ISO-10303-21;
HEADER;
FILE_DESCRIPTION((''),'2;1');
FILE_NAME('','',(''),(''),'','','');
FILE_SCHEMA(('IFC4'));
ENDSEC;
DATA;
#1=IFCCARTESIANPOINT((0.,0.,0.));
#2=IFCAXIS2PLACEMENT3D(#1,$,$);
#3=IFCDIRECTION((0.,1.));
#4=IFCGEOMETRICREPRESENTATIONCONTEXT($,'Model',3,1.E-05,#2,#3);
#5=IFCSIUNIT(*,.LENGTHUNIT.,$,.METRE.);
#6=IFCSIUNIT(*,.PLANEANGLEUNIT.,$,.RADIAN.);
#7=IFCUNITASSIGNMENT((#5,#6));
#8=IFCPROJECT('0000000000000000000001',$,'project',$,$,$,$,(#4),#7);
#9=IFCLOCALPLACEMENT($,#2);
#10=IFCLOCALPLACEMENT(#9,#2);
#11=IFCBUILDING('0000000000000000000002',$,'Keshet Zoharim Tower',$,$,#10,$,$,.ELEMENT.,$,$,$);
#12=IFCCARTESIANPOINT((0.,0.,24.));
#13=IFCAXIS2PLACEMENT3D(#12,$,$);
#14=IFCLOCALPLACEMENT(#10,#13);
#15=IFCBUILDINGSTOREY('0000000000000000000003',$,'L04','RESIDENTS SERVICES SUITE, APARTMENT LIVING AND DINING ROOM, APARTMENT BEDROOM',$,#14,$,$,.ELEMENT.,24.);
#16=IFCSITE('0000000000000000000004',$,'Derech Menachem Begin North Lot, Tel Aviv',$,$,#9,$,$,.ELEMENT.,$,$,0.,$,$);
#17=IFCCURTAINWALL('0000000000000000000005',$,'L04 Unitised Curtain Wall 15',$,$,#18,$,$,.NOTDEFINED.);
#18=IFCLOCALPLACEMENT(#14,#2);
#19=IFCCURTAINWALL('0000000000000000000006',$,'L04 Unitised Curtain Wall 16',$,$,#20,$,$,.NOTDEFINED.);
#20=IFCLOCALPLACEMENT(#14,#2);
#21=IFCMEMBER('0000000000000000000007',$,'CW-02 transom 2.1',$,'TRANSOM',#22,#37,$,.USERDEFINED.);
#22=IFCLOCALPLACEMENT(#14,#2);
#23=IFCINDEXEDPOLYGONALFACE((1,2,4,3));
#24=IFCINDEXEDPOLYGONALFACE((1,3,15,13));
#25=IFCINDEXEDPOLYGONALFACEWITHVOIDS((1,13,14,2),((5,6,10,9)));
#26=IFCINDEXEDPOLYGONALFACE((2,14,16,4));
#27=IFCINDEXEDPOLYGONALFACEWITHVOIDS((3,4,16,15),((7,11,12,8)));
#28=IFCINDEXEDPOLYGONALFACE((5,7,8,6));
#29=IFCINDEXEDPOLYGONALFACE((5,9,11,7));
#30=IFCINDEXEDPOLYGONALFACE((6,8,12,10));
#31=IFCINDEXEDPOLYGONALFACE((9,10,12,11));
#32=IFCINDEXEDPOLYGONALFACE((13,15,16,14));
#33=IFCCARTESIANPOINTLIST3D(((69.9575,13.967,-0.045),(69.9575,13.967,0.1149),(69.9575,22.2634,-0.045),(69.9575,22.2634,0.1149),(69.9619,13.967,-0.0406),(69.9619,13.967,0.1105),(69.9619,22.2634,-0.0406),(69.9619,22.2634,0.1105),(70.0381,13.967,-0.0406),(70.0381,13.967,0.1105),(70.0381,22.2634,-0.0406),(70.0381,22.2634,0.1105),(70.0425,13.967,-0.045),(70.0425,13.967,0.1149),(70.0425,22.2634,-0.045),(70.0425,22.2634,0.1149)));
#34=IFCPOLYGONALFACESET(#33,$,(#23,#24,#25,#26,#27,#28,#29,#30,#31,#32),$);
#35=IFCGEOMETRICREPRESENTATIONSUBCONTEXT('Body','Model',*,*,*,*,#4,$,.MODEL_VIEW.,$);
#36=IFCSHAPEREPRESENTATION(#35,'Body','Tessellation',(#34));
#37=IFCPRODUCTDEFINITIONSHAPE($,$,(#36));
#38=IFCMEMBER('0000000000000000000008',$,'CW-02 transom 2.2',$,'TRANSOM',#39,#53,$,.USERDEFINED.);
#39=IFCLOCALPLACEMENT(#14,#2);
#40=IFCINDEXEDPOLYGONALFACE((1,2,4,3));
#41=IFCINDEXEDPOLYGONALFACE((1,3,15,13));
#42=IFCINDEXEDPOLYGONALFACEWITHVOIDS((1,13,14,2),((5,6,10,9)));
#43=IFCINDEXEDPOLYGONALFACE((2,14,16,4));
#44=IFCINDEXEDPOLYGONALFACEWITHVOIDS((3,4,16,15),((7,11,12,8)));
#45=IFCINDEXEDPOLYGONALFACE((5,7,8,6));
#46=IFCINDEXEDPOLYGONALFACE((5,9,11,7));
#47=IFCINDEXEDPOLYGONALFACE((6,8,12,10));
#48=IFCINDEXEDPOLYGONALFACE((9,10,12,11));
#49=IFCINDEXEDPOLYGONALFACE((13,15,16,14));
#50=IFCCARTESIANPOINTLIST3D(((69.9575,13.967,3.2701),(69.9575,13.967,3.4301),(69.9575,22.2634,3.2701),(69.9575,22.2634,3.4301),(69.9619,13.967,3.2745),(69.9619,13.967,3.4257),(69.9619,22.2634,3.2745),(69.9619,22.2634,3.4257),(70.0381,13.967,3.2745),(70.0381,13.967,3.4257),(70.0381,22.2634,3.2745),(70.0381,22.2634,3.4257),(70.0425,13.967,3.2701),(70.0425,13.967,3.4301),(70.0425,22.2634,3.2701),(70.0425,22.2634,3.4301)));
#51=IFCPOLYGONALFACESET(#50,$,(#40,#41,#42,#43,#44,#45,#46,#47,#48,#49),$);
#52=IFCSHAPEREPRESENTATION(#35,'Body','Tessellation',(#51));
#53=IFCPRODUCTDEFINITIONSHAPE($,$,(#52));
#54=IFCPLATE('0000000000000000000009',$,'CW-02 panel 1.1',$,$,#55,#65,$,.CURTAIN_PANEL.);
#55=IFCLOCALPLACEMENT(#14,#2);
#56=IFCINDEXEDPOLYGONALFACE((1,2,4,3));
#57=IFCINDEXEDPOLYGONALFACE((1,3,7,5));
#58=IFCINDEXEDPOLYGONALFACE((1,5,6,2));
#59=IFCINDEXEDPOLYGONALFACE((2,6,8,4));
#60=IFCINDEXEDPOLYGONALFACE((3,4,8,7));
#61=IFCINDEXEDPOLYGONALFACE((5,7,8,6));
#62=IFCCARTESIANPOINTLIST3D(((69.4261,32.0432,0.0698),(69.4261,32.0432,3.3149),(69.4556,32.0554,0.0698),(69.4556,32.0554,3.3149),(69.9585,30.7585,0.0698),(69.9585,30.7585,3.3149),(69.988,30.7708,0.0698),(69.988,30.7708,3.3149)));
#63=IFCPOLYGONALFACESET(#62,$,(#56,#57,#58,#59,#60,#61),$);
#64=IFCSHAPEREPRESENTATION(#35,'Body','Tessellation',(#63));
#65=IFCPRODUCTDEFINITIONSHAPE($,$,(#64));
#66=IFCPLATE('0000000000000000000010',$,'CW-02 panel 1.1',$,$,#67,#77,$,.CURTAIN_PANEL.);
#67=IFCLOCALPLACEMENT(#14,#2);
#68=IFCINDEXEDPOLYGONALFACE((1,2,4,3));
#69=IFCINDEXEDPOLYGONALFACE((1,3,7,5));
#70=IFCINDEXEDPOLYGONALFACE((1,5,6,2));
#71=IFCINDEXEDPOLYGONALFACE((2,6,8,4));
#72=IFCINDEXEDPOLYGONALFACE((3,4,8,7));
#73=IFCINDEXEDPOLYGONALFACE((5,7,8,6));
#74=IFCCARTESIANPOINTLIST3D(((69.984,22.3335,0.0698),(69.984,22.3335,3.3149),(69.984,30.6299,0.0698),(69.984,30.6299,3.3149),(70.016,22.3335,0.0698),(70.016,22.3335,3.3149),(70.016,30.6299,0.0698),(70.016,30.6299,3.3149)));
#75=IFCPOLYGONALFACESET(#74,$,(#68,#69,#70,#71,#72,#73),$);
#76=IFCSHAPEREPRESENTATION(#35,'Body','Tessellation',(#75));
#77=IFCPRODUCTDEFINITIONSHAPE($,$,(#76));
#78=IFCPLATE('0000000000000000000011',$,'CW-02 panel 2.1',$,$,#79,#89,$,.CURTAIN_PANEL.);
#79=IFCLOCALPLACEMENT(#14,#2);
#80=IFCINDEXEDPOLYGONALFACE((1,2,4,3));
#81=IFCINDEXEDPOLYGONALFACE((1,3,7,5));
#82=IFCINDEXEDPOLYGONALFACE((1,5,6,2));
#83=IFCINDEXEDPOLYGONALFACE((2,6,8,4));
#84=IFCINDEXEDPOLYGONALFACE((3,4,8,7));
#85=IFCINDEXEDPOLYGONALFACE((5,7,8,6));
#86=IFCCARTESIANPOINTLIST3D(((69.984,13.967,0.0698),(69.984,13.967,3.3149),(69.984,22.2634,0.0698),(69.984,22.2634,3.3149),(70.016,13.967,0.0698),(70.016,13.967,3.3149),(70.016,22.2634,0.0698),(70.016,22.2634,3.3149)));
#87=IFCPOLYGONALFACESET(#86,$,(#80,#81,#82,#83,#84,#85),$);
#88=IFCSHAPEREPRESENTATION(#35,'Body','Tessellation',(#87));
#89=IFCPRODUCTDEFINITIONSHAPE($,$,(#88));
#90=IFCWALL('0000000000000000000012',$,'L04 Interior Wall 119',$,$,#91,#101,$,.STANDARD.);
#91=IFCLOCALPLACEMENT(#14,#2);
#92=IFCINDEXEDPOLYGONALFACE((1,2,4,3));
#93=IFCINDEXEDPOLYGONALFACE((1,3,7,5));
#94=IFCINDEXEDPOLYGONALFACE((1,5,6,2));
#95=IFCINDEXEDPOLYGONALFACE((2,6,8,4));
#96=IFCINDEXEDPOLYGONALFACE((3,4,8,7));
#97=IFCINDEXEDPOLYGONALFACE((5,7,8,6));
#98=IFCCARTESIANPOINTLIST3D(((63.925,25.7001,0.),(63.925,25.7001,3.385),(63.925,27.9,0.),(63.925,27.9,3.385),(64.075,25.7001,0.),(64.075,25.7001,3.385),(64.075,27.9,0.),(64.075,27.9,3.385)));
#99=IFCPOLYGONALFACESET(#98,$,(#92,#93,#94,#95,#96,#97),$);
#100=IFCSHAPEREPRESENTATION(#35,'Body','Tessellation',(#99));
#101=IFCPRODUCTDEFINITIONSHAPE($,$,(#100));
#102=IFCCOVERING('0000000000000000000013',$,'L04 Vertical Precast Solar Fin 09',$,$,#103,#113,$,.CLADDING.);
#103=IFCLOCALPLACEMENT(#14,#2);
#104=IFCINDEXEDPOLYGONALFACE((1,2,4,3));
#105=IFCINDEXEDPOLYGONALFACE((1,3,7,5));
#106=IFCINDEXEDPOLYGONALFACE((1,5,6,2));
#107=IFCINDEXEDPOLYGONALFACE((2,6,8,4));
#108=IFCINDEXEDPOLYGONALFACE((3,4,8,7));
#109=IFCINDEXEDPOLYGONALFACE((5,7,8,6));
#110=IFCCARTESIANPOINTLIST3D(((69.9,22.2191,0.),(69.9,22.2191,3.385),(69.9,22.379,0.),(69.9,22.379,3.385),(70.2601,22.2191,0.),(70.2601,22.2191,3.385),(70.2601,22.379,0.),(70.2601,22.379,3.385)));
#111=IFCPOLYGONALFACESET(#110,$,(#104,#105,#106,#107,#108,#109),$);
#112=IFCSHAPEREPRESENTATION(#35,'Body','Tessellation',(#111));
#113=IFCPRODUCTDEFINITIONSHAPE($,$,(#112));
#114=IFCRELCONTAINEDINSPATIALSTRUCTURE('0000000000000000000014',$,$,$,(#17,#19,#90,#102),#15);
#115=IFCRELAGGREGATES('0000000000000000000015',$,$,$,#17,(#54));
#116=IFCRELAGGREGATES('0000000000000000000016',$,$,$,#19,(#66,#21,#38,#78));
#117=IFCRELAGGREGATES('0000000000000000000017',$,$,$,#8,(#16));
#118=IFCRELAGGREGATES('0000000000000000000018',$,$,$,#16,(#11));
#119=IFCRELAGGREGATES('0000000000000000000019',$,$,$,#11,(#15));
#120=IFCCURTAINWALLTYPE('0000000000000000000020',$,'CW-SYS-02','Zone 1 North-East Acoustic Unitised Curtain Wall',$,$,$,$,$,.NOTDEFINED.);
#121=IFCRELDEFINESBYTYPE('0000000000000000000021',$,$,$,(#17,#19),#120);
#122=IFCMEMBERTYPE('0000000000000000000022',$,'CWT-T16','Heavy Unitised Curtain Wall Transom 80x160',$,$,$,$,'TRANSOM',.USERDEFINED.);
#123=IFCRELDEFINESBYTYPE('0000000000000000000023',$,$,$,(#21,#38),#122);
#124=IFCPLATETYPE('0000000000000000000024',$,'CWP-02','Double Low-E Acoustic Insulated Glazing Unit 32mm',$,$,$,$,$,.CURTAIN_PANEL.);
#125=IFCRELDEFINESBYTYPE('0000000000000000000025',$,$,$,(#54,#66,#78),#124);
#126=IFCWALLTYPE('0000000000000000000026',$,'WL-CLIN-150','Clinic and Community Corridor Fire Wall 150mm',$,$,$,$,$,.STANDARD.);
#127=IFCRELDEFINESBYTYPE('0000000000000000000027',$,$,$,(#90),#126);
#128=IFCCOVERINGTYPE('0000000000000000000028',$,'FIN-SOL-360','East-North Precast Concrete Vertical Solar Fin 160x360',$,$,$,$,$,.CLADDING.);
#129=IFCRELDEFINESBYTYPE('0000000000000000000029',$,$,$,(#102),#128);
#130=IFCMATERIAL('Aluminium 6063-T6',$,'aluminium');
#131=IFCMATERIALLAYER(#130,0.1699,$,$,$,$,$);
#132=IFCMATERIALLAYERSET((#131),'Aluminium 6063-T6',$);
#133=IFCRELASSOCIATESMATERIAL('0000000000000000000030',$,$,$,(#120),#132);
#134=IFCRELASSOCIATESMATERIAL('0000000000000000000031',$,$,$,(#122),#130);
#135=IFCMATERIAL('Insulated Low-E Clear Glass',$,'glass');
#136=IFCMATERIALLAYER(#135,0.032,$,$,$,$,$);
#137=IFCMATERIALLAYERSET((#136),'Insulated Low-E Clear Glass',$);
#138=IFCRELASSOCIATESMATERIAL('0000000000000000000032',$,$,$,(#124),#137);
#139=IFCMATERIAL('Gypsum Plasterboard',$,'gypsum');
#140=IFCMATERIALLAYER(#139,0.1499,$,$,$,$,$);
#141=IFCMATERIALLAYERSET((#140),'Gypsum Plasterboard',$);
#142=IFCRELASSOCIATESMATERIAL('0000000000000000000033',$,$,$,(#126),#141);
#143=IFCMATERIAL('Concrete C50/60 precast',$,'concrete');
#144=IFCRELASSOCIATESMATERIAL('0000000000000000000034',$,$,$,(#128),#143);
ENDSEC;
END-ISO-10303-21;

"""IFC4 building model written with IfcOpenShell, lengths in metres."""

from ifc_helpers import new_model, si_unit, direction, frame, frame_2d, origin, origin_2d, place, context, subcontext, project, spatial, rectangle, hollow_rectangle, extrude, material, layer, layer_set, material_profile, profile_set, type_object, element, aggregate, save


model = new_model("IFC4")

# Units and contexts
model_context = context("Model", 3, precision=1e-05, world=origin(), true_north=direction((0.0, 1.0)))
body_context = subcontext(model_context, "Body", "Model", "MODEL_VIEW")
ifc_project = project(units=[si_unit("LENGTHUNIT", "METRE"), si_unit("PLANEANGLEUNIT", "RADIAN")], contexts=[model_context])

# Site, building, storey
site_placement = place(None, origin())
site = spatial("IfcSite", under=ifc_project, at=site_placement, Name="Derech Menachem Begin North Lot, Tel Aviv", CompositionType="ELEMENT", RefElevation=0.0)
building_placement = place(site_placement, origin())
building = spatial("IfcBuilding", under=site, at=building_placement, Name="Keshet Zoharim Tower", CompositionType="ELEMENT")
storey_placement = place(building_placement, frame((0.0, 0.0, 24.0)))
storey = spatial("IfcBuildingStorey", under=building, at=storey_placement, Name="L04", Description="RESIDENTS SERVICES SUITE, APARTMENT LIVING AND DINING ROOM, APARTMENT BEDROOM", CompositionType="ELEMENT", Elevation=24.0)

# Curtain walls
ifc_material_1 = material(Name="Aluminium 6063-T6", Category="aluminium")
ifc_layer_1 = layer(ifc_material_1, 0.1699)
ifc_layer_set_1 = layer_set([ifc_layer_1], Name="Aluminium 6063-T6")
curtain_wall_type = type_object("IfcCurtainWallType", Name="CW-SYS-02", Description="Zone 1 North-East Acoustic Unitised Curtain Wall", PredefinedType="NOTDEFINED", material=ifc_layer_set_1)
curtain_wall_1_placement = place(storey_placement, origin())
curtain_wall_1 = element("IfcCurtainWall", 1, at=curtain_wall_1_placement, inside=storey, type_object=curtain_wall_type, Name="L04 Unitised Curtain Wall 15", PredefinedType="NOTDEFINED")
curtain_wall_2_placement = place(storey_placement, origin())
curtain_wall_2 = element("IfcCurtainWall", 2, at=curtain_wall_2_placement, inside=storey, type_object=curtain_wall_type, Name="L04 Unitised Curtain Wall 16", PredefinedType="NOTDEFINED")

# Members
ifc_material_profile_1 = material_profile(ifc_material_1, hollow_rectangle(XDim=0.085, YDim=0.1599, WallThickness=0.0044, at=origin_2d()), Name="TRN-85x160")
ifc_profile_set_1 = profile_set([ifc_material_profile_1], Name="Aluminium 6063-T6")
member_type_1 = type_object("IfcMemberType", Name="CWT-T16", Description="Heavy Unitised Curtain Wall Transom 80x160", ElementType="TRANSOM", PredefinedType="USERDEFINED", material=ifc_profile_set_1)
member_1_placement = place(storey_placement, frame((70.0, 22.2634, 0.0349), z_axis=(0.0, -1.0, 0.0), x_axis=(1.0, 0.0, 0.0)))
member_1 = element("IfcMember", 3, at=member_1_placement, type_object=member_type_1, Name="CW-02 transom 2.1", ObjectType="TRANSOM", PredefinedType="USERDEFINED", context=body_context, shape_type="SweptSolid", body=[
    extrude(hollow_rectangle(XDim=0.085, YDim=0.1599, WallThickness=0.0044, at=origin_2d()), origin(), (0.0, 0.0, 1.0), 8.2964),
])
member_2_placement = place(storey_placement, frame((70.0, 22.2634, 3.3501), z_axis=(0.0, -1.0, 0.0), x_axis=(1.0, 0.0, 0.0)))
member_2 = element("IfcMember", 4, at=member_2_placement, type_object=member_type_1, Name="CW-02 transom 2.2", ObjectType="TRANSOM", PredefinedType="USERDEFINED", context=body_context, shape_type="SweptSolid", body=[
    extrude(hollow_rectangle(XDim=0.085, YDim=0.1599, WallThickness=0.0044, at=origin_2d()), origin(), (0.0, 0.0, 1.0), 8.2964),
])

# Plates
ifc_material_2 = material(Name="Insulated Low-E Clear Glass", Category="glass")
ifc_layer_2 = layer(ifc_material_2, 0.032)
ifc_layer_set_2 = layer_set([ifc_layer_2], Name="Insulated Low-E Clear Glass")
plate_type = type_object("IfcPlateType", Name="CWP-02", Description="Double Low-E Acoustic Insulated Glazing Unit 32mm", PredefinedType="CURTAIN_PANEL", material=ifc_layer_set_2)
plate_1_placement = place(storey_placement, frame((69.707, 31.407, 0.0698), z_axis=(0.0, 0.0, 1.0), x_axis=(0.382852, -0.92381, 0.0)))
plate_1 = element("IfcPlate", 5, at=plate_1_placement, type_object=plate_type, Name="CW-02 panel 1.1", PredefinedType="CURTAIN_PANEL", context=body_context, shape_type="SweptSolid", body=[
    extrude(rectangle(XDim=1.3906, YDim=0.032, at=origin_2d()), origin(), (0.0, 0.0, 1.0), 3.2451),
])
aggregate(curtain_wall_1, [plate_1])
plate_2_placement = place(storey_placement, frame((70.0, 26.4817, 0.0698), z_axis=(0.0, 0.0, 1.0), x_axis=(0.0, -1.0, 0.0)))
plate_2 = element("IfcPlate", 6, at=plate_2_placement, type_object=plate_type, Name="CW-02 panel 1.1", PredefinedType="CURTAIN_PANEL", context=body_context, shape_type="SweptSolid", body=[
    extrude(rectangle(XDim=8.2964, YDim=0.032, at=origin_2d()), origin(), (0.0, 0.0, 1.0), 3.2451),
])
plate_3_placement = place(storey_placement, frame((70.0, 18.1152, 0.0698), z_axis=(0.0, 0.0, 1.0), x_axis=(0.0, -1.0, 0.0)))
plate_3 = element("IfcPlate", 7, at=plate_3_placement, type_object=plate_type, Name="CW-02 panel 2.1", PredefinedType="CURTAIN_PANEL", context=body_context, shape_type="SweptSolid", body=[
    extrude(rectangle(XDim=8.2964, YDim=0.032, at=origin_2d()), origin(), (0.0, 0.0, 1.0), 3.2451),
])
aggregate(curtain_wall_2, [plate_2, member_1, member_2, plate_3])

# Wall
ifc_material_3 = material(Name="Gypsum Plasterboard", Category="gypsum")
ifc_layer_3 = layer(ifc_material_3, 0.1499)
ifc_layer_set_3 = layer_set([ifc_layer_3], Name="Gypsum Plasterboard")
wall_type = type_object("IfcWallType", Name="WL-CLIN-150", Description="Clinic and Community Corridor Fire Wall 150mm", PredefinedType="STANDARD", material=ifc_layer_set_3)
wall_placement = place(storey_placement, frame((64.0, 25.7, 0.0), z_axis=(0.0, 0.0, 1.0), x_axis=(0.0, 1.0, 0.0)))
element("IfcWall", 8, at=wall_placement, inside=storey, type_object=wall_type, Name="L04 Interior Wall 119", PredefinedType="STANDARD", context=body_context, shape_type="SweptSolid", body=[
    extrude(rectangle(XDim=2.2, YDim=0.1499, at=frame_2d((1.1001, 0.0))), origin(), (0.0, 0.0, 1.0), 3.385),
])

# Covering
ifc_material_4 = material(Name="Concrete C50/60 precast", Category="concrete")
covering_type = type_object("IfcCoveringType", Name="FIN-SOL-360", Description="East-North Precast Concrete Vertical Solar Fin 160x360", PredefinedType="CLADDING", material=ifc_material_4)
covering_placement = place(storey_placement, frame((70.0801, 22.2991, 0.0), z_axis=(0.0, 0.0, 1.0), x_axis=(0.0, -1.0, 0.0)))
element("IfcCovering", 9, at=covering_placement, inside=storey, type_object=covering_type, Name="L04 Vertical Precast Solar Fin 09", PredefinedType="CLADDING", context=body_context, shape_type="SweptSolid", body=[
    extrude(rectangle(XDim=0.1599, YDim=0.3601, at=origin_2d()), origin(), (0.0, 0.0, 1.0), 3.385),
])

save(model, "model.ifc")
